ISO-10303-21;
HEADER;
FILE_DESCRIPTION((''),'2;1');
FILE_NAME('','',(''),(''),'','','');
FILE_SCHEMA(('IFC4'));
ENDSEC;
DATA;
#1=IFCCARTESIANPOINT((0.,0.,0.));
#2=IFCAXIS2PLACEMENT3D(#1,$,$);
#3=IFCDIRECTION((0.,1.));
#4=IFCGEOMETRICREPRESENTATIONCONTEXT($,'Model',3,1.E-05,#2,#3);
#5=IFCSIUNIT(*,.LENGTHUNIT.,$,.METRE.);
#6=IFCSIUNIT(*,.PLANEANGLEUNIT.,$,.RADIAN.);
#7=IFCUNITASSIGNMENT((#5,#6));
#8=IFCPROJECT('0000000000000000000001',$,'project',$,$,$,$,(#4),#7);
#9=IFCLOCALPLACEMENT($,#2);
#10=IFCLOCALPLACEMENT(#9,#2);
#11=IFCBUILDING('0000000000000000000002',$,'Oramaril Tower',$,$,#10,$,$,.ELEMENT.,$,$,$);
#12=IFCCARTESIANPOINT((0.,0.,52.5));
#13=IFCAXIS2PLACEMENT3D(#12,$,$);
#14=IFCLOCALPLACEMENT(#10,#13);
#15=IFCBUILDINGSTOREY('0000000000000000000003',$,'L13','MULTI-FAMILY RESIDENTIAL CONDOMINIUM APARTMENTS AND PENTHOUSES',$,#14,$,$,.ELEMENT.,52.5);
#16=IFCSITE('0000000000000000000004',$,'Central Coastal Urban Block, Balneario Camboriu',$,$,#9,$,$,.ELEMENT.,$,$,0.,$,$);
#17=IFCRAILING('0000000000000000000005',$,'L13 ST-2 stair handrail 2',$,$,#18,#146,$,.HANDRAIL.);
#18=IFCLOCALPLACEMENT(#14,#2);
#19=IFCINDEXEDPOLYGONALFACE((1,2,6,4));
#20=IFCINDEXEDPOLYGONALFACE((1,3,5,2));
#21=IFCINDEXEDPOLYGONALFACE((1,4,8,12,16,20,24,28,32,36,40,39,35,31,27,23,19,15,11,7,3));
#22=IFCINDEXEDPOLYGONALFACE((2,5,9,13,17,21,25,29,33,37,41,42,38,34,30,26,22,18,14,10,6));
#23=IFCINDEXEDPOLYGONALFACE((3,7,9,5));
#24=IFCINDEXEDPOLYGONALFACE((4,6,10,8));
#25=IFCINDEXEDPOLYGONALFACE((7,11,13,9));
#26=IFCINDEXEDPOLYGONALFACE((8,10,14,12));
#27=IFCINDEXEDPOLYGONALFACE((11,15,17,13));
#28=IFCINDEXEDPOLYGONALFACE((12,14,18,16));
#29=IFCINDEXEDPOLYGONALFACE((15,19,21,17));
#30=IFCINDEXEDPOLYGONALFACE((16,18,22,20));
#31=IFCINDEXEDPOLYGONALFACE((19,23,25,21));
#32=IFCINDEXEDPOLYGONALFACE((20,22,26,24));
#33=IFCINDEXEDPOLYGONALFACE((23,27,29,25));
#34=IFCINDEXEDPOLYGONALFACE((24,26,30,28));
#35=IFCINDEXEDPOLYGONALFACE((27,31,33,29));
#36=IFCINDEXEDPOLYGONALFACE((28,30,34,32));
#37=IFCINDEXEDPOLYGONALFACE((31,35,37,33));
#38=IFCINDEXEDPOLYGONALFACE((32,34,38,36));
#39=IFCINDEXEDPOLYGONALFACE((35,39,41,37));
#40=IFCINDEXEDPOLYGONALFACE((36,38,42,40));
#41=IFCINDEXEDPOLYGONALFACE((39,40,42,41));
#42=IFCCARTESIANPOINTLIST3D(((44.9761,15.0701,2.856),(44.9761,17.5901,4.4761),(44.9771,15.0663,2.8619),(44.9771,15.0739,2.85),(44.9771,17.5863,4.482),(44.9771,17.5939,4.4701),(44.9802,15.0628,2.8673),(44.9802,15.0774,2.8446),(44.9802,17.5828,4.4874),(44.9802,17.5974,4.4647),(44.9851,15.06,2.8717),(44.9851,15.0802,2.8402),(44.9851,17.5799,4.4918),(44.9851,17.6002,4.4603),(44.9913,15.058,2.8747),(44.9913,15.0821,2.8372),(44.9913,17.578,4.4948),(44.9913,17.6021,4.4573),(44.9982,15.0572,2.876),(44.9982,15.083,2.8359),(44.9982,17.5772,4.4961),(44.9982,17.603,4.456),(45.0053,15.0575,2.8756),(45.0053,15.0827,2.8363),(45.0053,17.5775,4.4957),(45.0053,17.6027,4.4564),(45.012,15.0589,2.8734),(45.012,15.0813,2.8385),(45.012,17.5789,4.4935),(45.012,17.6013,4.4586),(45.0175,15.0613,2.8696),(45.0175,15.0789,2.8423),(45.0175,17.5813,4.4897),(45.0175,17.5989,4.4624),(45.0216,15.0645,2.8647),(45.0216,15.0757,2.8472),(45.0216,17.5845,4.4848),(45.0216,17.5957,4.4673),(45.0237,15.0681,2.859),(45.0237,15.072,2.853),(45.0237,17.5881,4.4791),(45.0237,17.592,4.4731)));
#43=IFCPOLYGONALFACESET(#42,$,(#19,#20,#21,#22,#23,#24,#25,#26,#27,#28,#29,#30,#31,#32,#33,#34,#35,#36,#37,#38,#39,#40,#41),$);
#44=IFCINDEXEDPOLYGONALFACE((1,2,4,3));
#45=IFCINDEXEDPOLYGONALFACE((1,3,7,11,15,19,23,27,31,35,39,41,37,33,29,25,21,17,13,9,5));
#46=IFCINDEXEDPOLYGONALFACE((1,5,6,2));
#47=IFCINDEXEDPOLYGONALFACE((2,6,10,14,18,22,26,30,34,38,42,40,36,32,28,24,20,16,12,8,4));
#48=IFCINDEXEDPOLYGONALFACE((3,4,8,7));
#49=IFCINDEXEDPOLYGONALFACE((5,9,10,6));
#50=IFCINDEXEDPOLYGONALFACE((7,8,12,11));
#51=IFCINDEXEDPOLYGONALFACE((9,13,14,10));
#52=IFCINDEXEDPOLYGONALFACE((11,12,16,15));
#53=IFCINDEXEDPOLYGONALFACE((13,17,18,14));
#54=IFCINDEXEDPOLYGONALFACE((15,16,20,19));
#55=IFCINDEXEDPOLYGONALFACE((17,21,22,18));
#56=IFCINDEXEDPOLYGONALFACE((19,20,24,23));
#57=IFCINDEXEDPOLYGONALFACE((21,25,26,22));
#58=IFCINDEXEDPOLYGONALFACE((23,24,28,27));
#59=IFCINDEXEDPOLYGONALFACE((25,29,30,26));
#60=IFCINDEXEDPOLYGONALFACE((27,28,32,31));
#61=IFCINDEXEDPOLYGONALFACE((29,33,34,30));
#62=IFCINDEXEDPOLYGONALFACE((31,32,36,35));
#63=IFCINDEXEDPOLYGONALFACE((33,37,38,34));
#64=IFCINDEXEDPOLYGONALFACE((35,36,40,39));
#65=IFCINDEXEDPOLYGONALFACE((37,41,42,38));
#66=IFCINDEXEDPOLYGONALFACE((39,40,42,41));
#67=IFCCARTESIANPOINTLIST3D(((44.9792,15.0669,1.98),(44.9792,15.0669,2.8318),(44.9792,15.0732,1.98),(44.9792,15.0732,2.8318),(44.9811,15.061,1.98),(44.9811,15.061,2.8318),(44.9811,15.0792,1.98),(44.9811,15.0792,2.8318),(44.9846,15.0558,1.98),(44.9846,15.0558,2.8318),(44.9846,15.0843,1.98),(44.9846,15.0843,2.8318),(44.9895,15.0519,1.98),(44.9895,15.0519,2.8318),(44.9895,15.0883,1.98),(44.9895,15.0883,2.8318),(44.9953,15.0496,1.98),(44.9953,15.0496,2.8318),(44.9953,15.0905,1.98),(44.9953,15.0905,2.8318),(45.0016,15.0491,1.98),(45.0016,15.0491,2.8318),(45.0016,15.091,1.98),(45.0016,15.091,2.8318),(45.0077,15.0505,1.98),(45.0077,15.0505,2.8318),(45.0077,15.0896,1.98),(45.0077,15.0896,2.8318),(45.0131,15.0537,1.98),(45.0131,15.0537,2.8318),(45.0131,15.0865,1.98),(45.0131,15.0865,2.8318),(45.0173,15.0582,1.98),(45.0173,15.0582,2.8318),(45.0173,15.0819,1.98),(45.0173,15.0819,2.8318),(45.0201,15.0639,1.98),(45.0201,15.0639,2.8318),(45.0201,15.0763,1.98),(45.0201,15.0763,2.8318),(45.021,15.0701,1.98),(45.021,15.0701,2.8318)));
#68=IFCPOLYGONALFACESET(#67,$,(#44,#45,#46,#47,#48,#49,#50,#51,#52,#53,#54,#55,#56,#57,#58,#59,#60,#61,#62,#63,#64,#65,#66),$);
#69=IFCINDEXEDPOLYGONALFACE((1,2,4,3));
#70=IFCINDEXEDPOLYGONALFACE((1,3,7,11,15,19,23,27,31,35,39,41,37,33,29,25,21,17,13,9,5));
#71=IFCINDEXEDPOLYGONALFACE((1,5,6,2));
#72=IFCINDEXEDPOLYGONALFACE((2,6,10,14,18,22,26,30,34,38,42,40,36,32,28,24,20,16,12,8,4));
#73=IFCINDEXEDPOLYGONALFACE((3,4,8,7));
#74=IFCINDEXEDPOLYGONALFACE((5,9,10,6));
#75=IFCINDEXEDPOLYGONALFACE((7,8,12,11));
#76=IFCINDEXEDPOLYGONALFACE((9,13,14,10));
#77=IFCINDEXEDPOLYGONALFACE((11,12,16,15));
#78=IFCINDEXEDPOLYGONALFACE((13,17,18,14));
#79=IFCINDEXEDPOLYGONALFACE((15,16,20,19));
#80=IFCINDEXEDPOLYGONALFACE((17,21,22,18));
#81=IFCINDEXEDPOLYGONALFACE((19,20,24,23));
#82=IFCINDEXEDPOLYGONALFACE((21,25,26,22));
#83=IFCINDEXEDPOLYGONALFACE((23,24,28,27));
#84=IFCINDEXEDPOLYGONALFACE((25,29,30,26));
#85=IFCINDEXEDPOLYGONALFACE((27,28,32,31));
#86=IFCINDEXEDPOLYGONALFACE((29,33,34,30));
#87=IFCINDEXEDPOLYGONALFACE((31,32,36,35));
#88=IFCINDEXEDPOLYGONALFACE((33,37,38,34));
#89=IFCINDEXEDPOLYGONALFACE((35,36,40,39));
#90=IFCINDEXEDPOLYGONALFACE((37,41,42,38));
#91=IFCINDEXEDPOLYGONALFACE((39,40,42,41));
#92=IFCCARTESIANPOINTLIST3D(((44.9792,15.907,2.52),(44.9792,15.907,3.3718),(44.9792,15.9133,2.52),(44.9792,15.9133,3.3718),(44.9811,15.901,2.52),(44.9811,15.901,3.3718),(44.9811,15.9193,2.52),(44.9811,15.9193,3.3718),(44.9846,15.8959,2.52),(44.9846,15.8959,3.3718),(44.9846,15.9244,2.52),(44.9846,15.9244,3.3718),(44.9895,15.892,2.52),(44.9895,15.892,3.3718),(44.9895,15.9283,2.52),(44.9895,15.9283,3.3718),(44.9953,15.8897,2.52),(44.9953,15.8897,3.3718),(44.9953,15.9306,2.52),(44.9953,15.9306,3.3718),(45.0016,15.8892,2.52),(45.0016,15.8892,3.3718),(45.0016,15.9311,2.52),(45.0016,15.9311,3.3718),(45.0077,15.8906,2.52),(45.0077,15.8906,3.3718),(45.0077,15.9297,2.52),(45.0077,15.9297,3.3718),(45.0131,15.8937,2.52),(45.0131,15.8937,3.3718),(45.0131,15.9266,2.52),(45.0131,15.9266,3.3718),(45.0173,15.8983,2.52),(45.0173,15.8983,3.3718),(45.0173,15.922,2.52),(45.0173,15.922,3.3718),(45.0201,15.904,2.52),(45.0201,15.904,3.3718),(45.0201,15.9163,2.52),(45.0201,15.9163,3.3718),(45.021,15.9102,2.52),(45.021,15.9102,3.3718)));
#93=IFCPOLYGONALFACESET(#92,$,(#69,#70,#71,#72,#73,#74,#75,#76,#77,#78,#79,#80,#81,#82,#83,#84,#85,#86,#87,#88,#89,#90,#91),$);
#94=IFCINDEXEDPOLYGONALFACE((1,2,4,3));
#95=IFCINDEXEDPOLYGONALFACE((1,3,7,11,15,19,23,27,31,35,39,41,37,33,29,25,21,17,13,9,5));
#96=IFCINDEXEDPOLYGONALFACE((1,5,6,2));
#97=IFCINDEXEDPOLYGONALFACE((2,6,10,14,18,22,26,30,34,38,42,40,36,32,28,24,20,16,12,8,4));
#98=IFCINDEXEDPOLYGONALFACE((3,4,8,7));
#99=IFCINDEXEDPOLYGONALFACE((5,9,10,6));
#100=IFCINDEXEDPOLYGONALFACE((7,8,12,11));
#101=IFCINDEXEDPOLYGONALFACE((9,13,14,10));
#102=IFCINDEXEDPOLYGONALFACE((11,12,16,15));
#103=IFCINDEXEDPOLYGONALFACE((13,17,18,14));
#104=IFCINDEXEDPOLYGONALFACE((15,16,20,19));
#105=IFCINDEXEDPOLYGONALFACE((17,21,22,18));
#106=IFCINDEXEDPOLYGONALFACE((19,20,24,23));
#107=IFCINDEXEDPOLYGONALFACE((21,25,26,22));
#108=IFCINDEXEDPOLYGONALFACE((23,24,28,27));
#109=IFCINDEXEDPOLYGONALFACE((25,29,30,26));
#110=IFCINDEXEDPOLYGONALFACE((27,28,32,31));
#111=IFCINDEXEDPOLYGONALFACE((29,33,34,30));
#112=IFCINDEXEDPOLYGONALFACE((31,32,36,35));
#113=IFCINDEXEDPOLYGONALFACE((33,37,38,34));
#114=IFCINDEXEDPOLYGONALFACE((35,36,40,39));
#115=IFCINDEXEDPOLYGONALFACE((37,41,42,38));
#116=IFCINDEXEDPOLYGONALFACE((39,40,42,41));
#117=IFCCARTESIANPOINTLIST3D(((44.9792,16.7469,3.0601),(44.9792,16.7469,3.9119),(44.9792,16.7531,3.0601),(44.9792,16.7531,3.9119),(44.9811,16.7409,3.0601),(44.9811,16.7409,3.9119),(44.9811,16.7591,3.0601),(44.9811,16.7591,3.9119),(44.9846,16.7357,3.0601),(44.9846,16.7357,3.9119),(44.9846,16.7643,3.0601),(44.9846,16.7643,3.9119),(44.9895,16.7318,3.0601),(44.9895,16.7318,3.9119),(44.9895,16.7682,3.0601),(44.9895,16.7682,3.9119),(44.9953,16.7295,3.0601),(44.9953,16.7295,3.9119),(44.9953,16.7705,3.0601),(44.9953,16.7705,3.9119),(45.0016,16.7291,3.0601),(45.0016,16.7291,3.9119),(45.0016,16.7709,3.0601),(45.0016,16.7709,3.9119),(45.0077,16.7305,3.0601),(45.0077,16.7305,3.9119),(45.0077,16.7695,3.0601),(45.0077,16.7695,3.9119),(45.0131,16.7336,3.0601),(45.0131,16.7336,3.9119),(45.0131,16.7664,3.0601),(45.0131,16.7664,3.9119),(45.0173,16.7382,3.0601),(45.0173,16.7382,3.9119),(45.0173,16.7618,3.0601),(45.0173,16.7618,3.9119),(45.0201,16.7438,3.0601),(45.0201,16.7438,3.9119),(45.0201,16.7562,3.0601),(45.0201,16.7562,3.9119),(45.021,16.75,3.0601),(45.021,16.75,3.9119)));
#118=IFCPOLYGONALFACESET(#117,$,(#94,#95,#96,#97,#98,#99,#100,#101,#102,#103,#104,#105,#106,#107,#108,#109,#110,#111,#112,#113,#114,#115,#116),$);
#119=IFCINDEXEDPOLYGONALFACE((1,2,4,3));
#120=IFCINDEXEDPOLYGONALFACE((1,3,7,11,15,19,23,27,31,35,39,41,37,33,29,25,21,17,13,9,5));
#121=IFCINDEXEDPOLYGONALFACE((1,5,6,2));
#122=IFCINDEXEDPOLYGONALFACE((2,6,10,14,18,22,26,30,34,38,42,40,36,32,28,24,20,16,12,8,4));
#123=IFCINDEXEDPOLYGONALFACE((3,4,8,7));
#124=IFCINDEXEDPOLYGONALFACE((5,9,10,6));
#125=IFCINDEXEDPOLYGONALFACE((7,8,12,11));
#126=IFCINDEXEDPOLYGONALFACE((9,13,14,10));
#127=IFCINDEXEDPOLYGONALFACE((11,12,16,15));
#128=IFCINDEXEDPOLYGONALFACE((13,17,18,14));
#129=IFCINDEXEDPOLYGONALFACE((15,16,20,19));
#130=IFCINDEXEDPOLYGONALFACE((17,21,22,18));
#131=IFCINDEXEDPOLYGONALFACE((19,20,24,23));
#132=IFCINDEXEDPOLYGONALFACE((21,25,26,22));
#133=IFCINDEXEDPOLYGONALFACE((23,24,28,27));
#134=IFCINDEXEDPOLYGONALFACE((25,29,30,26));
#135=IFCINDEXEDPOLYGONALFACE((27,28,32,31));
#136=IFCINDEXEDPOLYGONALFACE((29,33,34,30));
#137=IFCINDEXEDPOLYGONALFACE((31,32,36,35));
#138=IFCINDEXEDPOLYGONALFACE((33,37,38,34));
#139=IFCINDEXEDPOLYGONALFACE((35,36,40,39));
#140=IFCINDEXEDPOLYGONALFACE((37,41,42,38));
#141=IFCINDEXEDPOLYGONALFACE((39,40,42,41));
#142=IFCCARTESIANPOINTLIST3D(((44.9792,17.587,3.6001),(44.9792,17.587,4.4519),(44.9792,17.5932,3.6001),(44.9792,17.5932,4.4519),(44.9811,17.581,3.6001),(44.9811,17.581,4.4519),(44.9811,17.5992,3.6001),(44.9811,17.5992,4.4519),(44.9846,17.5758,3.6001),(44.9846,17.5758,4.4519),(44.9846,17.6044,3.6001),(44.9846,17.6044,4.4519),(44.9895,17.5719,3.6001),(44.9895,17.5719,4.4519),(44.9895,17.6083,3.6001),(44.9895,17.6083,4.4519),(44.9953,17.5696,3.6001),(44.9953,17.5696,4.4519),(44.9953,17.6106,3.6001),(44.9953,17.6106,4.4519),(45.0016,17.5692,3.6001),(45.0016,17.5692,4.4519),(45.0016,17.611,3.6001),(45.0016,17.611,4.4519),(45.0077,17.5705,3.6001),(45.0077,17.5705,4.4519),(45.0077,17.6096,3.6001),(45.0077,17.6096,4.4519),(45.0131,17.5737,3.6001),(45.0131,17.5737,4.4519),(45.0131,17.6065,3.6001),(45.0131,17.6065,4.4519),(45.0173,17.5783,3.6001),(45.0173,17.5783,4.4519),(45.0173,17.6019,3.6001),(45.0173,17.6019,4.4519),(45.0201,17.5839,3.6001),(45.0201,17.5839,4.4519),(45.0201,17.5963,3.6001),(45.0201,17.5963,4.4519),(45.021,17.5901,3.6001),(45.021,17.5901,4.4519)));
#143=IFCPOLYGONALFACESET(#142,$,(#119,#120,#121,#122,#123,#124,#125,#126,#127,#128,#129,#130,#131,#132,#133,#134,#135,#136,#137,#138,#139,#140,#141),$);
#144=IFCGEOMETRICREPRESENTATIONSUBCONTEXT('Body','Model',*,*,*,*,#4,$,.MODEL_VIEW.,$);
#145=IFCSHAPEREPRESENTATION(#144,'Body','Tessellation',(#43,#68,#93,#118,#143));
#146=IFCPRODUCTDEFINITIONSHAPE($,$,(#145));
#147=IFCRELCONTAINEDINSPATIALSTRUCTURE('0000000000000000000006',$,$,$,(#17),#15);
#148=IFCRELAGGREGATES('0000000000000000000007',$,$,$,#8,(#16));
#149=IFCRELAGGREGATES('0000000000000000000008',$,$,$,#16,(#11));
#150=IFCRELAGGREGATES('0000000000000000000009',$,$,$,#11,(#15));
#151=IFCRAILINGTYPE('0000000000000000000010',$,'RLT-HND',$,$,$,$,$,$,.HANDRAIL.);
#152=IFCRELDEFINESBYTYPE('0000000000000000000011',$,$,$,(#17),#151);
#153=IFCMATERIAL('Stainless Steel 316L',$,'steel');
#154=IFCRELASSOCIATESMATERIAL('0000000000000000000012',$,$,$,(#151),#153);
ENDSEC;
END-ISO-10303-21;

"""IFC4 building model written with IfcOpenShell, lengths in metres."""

from ifc_helpers import new_model, si_unit, direction, frame, origin, origin_2d, place, context, subcontext, project, spatial, circle, extrude, material, type_object, element, save


model = new_model("IFC4")

# Units and contexts
model_context = context("Model", 3, precision=1e-05, world=origin(), true_north=direction((0.0, 1.0)))
body_context = subcontext(model_context, "Body", "Model", "MODEL_VIEW")
ifc_project = project(units=[si_unit("LENGTHUNIT", "METRE"), si_unit("PLANEANGLEUNIT", "RADIAN")], contexts=[model_context])

# Site, building, storey
site_placement = place(None, origin())
site = spatial("IfcSite", under=ifc_project, at=site_placement, Name="Central Coastal Urban Block, Balneario Camboriu", CompositionType="ELEMENT", RefElevation=0.0)
building_placement = place(site_placement, origin())
building = spatial("IfcBuilding", under=site, at=building_placement, Name="Oramaril Tower", CompositionType="ELEMENT")
storey_placement = place(building_placement, frame((0.0, 0.0, 52.5)))
storey = spatial("IfcBuildingStorey", under=building, at=storey_placement, Name="L13", Description="MULTI-FAMILY RESIDENTIAL CONDOMINIUM APARTMENTS AND PENTHOUSES", CompositionType="ELEMENT", Elevation=52.5)

# Railing
ifc_material_1 = material(Name="Stainless Steel 316L", Category="steel")
railing_type_1 = type_object("IfcRailingType", Name="RLT-HND", PredefinedType="HANDRAIL", material=ifc_material_1)
for number, where, name in (
    (1, (45.0, 15.0701, 1.98), "L13 ST-2 stair handrail 2"),
):
    element("IfcRailing", number, at=place(storey_placement, frame(where)), inside=storey, type_object=railing_type_1, Name=name, PredefinedType="HANDRAIL", context=body_context, shape_type="SweptSolid", body=[
        extrude(circle(Radius=0.0239, at=origin_2d()), frame((0.0, 0.0, 0.876), z_axis=(0.0, 0.841163, 0.540782), x_axis=(-1.0, 0.0, 0.0)), (0.0, 0.0, 1.0), 2.9958),
        extrude(circle(Radius=0.021, at=origin_2d()), origin(), (0.0, 0.0, 1.0), 0.8518),
        extrude(circle(Radius=0.021, at=origin_2d()), frame((0.0, 0.8401, 0.54)), (0.0, 0.0, 1.0), 0.8518),
        extrude(circle(Radius=0.021, at=origin_2d()), frame((0.0, 1.6799, 1.0801)), (0.0, 0.0, 1.0), 0.8518),
        extrude(circle(Radius=0.021, at=origin_2d()), frame((0.0, 2.52, 1.6201)), (0.0, 0.0, 1.0), 0.8518),
    ])

save(model, "model.ifc")
